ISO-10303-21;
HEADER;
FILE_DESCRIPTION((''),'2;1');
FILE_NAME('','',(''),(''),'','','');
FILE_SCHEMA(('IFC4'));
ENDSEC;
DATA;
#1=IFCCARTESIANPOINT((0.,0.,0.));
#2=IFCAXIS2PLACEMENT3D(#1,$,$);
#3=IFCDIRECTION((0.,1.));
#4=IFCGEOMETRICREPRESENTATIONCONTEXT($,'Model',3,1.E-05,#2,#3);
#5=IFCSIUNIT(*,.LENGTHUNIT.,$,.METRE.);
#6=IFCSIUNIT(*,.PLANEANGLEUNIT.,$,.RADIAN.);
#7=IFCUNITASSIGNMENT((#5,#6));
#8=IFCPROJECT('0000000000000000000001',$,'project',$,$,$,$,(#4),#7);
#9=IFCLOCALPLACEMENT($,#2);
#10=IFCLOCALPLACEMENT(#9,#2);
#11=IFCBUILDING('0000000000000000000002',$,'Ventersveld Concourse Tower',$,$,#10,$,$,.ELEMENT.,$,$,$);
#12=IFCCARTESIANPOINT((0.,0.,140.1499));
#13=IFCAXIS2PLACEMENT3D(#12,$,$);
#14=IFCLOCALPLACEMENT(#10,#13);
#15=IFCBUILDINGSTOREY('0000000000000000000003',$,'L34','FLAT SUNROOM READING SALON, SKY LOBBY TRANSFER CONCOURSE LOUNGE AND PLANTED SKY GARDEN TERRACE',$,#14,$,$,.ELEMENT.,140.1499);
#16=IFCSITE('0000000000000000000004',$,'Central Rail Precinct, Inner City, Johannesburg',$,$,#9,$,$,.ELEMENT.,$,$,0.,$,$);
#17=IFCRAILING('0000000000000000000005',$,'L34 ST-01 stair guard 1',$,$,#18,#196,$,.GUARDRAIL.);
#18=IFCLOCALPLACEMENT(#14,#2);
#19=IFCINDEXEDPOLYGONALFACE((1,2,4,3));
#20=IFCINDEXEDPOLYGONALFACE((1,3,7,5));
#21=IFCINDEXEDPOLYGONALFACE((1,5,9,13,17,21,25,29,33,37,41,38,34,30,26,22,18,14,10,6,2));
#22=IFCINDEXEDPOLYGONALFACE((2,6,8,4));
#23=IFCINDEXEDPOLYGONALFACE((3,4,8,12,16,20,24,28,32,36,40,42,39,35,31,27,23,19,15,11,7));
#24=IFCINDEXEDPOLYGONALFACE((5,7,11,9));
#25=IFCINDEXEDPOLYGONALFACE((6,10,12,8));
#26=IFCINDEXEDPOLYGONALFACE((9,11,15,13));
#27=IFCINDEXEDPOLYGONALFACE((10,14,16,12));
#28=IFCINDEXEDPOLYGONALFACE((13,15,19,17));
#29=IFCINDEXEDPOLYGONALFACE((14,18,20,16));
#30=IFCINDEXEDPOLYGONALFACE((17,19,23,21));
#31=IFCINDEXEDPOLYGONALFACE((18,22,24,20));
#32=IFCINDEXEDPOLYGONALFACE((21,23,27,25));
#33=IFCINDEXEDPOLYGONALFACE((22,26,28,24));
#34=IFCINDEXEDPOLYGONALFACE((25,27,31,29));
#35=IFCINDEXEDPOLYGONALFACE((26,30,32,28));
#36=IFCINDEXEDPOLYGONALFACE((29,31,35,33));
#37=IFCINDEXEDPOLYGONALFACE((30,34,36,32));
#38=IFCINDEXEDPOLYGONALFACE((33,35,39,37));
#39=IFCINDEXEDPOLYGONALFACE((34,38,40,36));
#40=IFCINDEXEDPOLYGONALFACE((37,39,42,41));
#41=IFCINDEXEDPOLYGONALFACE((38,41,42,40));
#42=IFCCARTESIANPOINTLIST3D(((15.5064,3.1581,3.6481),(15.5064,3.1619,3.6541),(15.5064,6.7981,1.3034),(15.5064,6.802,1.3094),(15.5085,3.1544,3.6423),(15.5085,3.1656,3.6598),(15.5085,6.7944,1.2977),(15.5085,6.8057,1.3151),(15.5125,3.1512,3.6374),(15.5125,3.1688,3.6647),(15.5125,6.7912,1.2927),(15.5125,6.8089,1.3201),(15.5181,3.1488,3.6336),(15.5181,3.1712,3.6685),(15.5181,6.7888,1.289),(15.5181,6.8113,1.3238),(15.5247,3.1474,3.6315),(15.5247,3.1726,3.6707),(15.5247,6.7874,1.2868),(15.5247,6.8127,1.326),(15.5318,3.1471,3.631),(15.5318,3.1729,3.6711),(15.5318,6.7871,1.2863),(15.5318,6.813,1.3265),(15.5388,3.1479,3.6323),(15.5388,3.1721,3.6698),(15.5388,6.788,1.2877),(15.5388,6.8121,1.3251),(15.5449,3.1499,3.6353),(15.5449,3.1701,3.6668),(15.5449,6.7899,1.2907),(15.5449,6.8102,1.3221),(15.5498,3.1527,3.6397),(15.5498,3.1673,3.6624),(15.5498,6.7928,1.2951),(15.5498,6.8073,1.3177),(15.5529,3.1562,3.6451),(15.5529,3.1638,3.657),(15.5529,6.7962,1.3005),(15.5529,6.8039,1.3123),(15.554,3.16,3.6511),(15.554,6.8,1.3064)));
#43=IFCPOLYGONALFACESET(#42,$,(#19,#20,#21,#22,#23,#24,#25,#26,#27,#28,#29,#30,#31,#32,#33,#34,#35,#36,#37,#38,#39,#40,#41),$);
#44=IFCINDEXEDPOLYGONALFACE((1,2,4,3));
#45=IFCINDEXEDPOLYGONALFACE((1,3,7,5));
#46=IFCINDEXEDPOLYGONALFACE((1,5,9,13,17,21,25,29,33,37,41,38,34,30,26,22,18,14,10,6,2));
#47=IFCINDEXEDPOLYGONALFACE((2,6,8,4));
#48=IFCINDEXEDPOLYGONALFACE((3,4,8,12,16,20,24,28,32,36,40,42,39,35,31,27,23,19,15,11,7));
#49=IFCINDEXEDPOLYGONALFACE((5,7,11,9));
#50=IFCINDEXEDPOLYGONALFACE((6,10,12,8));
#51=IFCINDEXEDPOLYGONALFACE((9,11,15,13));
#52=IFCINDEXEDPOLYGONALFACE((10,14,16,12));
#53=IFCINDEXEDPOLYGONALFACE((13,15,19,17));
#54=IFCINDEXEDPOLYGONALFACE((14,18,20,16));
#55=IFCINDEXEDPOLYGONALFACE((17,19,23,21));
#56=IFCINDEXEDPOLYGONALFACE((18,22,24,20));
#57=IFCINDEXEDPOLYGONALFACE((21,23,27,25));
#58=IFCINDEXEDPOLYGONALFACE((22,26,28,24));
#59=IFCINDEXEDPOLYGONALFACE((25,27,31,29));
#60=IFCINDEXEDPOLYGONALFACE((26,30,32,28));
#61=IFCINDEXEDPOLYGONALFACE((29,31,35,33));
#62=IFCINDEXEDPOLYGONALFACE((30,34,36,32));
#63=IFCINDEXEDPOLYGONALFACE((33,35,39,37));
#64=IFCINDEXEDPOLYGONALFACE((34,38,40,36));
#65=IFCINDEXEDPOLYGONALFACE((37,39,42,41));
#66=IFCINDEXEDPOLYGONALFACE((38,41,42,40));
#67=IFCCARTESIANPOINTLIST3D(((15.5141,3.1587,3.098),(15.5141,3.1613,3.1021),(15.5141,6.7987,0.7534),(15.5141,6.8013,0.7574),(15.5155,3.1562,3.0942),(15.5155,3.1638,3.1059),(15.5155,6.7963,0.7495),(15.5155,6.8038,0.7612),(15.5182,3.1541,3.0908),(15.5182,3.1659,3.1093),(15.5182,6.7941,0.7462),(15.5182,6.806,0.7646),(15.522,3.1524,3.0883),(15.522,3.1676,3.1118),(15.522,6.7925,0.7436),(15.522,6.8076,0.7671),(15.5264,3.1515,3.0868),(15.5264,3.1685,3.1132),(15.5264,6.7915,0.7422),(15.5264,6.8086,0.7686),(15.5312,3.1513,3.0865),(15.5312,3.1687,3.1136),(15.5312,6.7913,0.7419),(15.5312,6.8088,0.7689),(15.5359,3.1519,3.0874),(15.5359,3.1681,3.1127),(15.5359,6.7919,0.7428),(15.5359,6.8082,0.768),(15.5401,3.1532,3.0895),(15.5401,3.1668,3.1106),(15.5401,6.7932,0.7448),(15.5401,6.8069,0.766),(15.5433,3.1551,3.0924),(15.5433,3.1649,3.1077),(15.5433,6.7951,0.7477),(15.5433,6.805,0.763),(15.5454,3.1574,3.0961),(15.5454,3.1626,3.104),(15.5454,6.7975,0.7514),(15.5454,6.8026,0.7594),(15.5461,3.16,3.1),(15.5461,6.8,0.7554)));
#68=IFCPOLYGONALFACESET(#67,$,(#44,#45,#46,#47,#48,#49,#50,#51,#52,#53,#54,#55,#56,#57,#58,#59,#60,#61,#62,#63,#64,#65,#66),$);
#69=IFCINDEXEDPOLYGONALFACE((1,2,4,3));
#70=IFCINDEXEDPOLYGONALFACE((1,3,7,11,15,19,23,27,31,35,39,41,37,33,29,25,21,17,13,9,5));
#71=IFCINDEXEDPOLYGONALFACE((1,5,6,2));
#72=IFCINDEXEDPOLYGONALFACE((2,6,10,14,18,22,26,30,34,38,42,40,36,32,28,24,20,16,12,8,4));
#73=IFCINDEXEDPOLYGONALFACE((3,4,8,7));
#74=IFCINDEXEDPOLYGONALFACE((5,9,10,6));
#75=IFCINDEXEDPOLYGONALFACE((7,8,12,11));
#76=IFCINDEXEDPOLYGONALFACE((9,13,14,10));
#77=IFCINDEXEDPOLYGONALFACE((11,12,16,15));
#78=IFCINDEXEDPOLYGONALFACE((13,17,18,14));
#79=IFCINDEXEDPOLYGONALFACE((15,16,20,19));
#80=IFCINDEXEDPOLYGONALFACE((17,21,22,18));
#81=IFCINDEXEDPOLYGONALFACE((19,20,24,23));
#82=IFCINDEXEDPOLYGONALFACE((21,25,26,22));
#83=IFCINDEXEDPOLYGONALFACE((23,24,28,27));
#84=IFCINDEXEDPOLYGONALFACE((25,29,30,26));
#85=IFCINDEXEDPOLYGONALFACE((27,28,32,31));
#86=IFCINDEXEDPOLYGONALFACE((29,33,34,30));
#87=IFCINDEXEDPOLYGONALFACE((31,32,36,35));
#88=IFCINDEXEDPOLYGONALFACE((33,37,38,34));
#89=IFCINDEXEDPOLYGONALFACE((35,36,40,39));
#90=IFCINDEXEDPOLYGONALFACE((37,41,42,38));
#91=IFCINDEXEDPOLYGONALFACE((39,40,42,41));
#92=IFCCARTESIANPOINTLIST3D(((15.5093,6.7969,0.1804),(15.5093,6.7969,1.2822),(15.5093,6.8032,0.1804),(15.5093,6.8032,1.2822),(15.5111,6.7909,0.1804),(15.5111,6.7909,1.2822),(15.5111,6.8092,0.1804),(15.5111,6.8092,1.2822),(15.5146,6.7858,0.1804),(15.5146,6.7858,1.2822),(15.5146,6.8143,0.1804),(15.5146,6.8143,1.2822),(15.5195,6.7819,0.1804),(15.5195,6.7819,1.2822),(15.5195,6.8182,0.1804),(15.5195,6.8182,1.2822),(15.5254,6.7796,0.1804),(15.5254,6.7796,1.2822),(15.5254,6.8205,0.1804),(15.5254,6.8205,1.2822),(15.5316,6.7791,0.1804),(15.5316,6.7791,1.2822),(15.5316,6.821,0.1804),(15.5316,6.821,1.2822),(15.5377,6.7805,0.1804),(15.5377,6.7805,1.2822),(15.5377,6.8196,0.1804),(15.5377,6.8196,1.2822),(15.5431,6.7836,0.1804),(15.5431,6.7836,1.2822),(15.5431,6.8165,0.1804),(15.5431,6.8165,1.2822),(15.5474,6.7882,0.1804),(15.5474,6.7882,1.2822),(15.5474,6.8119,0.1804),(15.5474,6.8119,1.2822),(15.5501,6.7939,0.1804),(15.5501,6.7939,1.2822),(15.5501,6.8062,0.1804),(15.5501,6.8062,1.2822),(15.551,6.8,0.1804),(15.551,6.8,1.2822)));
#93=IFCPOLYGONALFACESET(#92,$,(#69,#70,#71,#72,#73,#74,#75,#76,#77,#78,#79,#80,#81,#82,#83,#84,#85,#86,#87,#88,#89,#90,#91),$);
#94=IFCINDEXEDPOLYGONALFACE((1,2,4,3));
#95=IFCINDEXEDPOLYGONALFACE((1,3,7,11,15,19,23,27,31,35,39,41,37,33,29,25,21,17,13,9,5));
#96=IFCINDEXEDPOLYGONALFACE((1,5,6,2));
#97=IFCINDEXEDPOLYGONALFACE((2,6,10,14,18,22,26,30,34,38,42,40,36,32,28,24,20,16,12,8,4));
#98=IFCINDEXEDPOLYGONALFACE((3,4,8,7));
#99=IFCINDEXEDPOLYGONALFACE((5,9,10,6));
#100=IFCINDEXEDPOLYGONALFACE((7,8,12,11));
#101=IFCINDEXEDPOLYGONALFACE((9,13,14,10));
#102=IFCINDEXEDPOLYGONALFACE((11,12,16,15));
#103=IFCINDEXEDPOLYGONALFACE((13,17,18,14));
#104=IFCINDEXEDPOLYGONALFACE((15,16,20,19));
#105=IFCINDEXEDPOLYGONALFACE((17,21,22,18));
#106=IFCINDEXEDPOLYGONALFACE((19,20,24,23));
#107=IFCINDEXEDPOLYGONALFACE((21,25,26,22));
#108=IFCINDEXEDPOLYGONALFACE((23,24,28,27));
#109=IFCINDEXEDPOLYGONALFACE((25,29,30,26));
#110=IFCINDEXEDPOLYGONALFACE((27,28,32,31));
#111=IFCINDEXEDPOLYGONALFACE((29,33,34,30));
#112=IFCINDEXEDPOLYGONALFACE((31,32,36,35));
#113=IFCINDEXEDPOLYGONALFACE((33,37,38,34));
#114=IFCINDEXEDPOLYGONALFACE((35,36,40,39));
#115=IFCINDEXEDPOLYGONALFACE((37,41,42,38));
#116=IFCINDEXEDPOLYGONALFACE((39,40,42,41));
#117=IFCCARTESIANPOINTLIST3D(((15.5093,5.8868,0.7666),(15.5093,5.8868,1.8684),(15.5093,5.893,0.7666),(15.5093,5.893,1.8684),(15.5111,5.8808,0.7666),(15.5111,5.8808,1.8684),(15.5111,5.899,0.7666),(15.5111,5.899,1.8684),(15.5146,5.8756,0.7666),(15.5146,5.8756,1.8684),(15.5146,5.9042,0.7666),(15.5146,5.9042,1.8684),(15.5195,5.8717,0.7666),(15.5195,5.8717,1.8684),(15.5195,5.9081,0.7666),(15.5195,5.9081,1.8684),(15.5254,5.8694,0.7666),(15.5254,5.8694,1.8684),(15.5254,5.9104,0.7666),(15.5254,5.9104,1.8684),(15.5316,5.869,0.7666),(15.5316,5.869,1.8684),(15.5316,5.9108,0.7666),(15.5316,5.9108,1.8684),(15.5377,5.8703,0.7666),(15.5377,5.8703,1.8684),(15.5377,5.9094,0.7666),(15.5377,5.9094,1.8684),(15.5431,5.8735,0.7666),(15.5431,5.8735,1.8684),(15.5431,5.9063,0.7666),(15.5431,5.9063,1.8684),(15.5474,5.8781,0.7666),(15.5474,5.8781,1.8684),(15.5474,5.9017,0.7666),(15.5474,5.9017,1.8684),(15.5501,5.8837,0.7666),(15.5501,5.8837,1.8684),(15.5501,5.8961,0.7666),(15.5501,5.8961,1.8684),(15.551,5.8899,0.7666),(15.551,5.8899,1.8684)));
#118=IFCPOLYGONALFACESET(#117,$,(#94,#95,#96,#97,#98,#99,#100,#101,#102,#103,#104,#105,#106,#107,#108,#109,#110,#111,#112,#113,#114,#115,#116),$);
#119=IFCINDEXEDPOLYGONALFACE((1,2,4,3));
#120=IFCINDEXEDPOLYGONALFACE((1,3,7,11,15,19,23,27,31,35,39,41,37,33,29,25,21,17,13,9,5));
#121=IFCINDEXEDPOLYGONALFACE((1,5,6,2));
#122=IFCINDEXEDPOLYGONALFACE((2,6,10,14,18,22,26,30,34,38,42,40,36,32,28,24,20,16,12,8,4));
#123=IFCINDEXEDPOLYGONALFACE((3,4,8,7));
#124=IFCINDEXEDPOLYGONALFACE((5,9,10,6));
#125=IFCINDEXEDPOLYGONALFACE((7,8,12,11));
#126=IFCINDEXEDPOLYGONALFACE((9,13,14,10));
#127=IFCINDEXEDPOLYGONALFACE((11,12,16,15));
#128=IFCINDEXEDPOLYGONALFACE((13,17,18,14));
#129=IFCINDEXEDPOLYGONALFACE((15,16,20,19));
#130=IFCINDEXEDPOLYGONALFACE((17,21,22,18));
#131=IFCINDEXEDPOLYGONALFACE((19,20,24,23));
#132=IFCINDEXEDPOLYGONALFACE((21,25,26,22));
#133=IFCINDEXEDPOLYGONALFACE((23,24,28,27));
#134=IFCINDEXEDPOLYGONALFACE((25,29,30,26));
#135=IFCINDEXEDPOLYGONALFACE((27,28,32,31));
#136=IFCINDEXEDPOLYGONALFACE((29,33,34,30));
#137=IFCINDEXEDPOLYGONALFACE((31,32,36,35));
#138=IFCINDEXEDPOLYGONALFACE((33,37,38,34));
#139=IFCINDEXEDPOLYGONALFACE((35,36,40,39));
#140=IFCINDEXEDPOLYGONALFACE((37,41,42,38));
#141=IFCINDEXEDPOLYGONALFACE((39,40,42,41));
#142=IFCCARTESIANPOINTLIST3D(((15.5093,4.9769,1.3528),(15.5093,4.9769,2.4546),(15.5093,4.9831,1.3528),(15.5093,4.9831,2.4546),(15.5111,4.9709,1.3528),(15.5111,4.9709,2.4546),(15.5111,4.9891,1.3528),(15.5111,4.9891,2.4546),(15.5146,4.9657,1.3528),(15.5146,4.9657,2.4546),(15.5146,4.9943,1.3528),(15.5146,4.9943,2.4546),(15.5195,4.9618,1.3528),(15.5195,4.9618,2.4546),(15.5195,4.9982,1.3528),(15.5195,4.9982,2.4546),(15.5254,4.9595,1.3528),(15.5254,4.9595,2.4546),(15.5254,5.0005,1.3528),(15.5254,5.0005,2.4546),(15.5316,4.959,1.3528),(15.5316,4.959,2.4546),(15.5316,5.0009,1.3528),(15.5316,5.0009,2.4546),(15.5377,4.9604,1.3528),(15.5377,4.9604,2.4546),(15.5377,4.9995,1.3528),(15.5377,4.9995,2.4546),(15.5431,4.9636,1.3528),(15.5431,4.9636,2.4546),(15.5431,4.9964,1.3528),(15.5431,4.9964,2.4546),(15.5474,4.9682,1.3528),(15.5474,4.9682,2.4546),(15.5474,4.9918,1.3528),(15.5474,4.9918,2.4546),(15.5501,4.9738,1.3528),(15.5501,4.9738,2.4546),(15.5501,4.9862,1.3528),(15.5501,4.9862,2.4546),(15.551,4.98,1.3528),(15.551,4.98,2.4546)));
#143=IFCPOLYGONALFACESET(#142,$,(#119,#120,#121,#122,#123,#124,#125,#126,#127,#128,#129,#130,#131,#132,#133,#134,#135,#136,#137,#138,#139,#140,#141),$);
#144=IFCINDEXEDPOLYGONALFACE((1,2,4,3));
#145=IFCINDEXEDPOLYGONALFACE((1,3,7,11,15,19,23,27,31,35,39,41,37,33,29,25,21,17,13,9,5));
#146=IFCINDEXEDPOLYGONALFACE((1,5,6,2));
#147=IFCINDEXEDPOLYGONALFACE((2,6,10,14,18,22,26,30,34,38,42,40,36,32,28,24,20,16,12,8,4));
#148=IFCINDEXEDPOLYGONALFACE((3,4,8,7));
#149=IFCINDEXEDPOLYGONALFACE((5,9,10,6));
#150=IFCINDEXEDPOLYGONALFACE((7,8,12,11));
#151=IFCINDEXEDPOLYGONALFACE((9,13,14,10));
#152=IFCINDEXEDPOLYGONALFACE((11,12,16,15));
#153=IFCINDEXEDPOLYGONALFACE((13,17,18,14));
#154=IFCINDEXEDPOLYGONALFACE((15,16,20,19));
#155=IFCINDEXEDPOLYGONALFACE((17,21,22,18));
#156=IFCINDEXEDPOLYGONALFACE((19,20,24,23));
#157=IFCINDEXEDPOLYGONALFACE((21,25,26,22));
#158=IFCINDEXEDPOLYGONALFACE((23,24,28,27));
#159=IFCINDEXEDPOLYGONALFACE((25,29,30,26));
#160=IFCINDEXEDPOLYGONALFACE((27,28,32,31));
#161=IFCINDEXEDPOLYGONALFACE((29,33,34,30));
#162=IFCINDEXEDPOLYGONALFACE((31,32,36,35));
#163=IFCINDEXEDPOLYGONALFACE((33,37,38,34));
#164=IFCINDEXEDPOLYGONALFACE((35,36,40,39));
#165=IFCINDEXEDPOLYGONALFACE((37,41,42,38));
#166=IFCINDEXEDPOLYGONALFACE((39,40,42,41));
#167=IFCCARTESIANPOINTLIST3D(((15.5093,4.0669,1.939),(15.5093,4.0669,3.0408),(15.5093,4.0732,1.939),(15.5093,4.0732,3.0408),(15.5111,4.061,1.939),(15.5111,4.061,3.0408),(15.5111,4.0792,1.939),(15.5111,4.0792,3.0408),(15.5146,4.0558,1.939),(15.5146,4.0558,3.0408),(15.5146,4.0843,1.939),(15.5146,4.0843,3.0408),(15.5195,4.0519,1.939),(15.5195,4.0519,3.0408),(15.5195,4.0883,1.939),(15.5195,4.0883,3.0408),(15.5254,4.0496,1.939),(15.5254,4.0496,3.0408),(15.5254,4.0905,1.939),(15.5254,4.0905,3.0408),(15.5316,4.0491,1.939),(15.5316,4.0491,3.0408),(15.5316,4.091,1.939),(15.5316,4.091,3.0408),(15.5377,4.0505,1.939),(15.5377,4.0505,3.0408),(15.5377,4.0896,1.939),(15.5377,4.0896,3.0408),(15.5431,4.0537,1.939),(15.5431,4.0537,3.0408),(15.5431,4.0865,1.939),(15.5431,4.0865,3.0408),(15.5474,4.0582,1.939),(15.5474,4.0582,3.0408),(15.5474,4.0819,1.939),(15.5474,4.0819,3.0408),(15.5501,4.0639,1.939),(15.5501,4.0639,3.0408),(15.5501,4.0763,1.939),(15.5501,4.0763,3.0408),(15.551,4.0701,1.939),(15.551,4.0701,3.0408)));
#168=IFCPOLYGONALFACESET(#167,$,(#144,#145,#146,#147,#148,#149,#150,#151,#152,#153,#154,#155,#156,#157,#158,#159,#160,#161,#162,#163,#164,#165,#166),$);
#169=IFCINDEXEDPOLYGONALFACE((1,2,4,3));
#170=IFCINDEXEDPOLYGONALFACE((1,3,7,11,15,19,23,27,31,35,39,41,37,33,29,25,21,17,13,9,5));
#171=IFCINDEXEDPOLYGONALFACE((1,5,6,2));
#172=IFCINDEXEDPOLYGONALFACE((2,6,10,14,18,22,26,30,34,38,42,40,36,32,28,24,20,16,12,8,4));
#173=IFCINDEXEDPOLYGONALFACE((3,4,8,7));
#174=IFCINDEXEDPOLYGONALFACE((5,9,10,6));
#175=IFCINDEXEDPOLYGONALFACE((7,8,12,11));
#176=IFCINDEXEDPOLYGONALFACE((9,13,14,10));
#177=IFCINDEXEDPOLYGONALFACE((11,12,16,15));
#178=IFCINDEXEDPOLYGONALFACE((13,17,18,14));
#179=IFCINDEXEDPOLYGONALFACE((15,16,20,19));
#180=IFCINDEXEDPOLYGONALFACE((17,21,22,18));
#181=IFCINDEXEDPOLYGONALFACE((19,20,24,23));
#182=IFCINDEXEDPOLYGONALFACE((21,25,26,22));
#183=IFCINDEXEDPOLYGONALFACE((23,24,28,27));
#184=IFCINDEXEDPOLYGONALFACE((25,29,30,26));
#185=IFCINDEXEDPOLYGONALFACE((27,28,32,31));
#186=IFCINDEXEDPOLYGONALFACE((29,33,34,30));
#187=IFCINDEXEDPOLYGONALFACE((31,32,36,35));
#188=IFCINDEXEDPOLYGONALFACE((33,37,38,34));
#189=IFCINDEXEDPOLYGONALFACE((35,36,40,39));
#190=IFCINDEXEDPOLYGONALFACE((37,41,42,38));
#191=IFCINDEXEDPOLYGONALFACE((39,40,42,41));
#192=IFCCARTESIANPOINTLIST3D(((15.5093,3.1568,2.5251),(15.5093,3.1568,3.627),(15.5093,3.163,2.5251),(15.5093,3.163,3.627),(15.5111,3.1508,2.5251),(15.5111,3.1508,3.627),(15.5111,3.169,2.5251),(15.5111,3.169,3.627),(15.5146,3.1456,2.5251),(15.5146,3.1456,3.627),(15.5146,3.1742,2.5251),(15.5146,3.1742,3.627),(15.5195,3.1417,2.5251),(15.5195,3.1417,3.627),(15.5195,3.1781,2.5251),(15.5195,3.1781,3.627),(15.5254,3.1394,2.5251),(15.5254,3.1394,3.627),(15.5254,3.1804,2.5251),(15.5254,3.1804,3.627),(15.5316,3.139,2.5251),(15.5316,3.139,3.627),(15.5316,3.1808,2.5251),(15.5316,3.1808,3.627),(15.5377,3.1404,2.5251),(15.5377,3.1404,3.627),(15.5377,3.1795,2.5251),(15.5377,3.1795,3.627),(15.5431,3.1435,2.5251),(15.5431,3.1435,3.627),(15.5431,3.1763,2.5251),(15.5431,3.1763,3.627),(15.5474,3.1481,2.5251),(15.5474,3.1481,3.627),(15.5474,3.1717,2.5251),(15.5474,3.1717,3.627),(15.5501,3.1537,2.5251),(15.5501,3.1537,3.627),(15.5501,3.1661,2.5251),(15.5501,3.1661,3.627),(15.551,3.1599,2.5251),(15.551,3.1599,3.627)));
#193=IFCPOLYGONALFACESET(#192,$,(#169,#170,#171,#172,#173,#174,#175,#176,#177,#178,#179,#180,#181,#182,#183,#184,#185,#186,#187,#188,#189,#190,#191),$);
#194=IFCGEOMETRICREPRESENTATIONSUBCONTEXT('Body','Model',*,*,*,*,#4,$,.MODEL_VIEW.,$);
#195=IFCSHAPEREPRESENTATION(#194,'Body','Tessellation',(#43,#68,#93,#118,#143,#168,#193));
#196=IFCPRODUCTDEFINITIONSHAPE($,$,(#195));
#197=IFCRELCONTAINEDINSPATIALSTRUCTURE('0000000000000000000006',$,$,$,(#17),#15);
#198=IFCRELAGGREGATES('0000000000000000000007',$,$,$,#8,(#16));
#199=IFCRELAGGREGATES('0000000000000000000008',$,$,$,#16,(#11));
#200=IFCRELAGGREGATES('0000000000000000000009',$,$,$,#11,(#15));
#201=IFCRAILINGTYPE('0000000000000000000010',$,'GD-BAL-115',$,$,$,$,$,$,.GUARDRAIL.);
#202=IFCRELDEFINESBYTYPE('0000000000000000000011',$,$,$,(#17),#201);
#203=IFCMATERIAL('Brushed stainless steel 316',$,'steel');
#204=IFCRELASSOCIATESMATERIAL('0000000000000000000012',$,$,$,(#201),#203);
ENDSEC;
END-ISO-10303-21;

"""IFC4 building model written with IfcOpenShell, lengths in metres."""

from ifc_helpers import new_model, si_unit, direction, frame, origin, origin_2d, place, context, subcontext, project, spatial, circle, extrude, material, type_object, element, save


model = new_model("IFC4")

# Units and contexts
model_context = context("Model", 3, precision=1e-05, world=origin(), true_north=direction((0.0, 1.0)))
body_context = subcontext(model_context, "Body", "Model", "MODEL_VIEW")
ifc_project = project(units=[si_unit("LENGTHUNIT", "METRE"), si_unit("PLANEANGLEUNIT", "RADIAN")], contexts=[model_context])

# Site, building, storey
site_placement = place(None, origin())
site = spatial("IfcSite", under=ifc_project, at=site_placement, Name="Central Rail Precinct, Inner City, Johannesburg", CompositionType="ELEMENT", RefElevation=0.0)
building_placement = place(site_placement, origin())
building = spatial("IfcBuilding", under=site, at=building_placement, Name="Ventersveld Concourse Tower", CompositionType="ELEMENT")
storey_placement = place(building_placement, frame((0.0, 0.0, 140.1499)))
storey = spatial("IfcBuildingStorey", under=building, at=storey_placement, Name="L34", Description="FLAT SUNROOM READING SALON, SKY LOBBY TRANSFER CONCOURSE LOUNGE AND PLANTED SKY GARDEN TERRACE", CompositionType="ELEMENT", Elevation=140.1499)

# Railing
ifc_material_1 = material(Name="Brushed stainless steel 316", Category="steel")
railing_type_1 = type_object("IfcRailingType", Name="GD-BAL-115", PredefinedType="GUARDRAIL", material=ifc_material_1)
railing_1_placement = place(storey_placement, frame((15.53, 6.8, 0.1804)))
element("IfcRailing", 1, at=railing_1_placement, inside=storey, type_object=railing_type_1, Name="L34 ST-01 stair guard 1", PredefinedType="GUARDRAIL", context=body_context, shape_type="SweptSolid", body=[
    extrude(circle(Radius=0.0239, at=origin_2d()), frame((0.0, 0.0, 1.126), z_axis=(0.0, -0.840691, 0.541515), x_axis=(1.0, 0.0, 0.0)), (0.0, 0.0, 1.0), 4.3298),
    extrude(circle(Radius=0.0161, at=origin_2d()), frame((0.0, 0.0, 0.575), z_axis=(0.0, -0.840691, 0.541515), x_axis=(1.0, 0.0, 0.0)), (0.0, 0.0, 1.0), 4.3298),
    extrude(circle(Radius=0.021, at=origin_2d()), origin(), (0.0, 0.0, 1.0), 1.1018),
    extrude(circle(Radius=0.021, at=origin_2d()), frame((0.0, -0.9102, 0.5862)), (0.0, 0.0, 1.0), 1.1018),
    extrude(circle(Radius=0.021, at=origin_2d()), frame((0.0, -1.8201, 1.1724)), (0.0, 0.0, 1.0), 1.1018),
    extrude(circle(Radius=0.021, at=origin_2d()), frame((0.0, -2.73, 1.7585)), (0.0, 0.0, 1.0), 1.1018),
    extrude(circle(Radius=0.021, at=origin_2d()), frame((0.0, -3.6401, 2.3447)), (0.0, 0.0, 1.0), 1.1018),
])

save(model, "model.ifc")
